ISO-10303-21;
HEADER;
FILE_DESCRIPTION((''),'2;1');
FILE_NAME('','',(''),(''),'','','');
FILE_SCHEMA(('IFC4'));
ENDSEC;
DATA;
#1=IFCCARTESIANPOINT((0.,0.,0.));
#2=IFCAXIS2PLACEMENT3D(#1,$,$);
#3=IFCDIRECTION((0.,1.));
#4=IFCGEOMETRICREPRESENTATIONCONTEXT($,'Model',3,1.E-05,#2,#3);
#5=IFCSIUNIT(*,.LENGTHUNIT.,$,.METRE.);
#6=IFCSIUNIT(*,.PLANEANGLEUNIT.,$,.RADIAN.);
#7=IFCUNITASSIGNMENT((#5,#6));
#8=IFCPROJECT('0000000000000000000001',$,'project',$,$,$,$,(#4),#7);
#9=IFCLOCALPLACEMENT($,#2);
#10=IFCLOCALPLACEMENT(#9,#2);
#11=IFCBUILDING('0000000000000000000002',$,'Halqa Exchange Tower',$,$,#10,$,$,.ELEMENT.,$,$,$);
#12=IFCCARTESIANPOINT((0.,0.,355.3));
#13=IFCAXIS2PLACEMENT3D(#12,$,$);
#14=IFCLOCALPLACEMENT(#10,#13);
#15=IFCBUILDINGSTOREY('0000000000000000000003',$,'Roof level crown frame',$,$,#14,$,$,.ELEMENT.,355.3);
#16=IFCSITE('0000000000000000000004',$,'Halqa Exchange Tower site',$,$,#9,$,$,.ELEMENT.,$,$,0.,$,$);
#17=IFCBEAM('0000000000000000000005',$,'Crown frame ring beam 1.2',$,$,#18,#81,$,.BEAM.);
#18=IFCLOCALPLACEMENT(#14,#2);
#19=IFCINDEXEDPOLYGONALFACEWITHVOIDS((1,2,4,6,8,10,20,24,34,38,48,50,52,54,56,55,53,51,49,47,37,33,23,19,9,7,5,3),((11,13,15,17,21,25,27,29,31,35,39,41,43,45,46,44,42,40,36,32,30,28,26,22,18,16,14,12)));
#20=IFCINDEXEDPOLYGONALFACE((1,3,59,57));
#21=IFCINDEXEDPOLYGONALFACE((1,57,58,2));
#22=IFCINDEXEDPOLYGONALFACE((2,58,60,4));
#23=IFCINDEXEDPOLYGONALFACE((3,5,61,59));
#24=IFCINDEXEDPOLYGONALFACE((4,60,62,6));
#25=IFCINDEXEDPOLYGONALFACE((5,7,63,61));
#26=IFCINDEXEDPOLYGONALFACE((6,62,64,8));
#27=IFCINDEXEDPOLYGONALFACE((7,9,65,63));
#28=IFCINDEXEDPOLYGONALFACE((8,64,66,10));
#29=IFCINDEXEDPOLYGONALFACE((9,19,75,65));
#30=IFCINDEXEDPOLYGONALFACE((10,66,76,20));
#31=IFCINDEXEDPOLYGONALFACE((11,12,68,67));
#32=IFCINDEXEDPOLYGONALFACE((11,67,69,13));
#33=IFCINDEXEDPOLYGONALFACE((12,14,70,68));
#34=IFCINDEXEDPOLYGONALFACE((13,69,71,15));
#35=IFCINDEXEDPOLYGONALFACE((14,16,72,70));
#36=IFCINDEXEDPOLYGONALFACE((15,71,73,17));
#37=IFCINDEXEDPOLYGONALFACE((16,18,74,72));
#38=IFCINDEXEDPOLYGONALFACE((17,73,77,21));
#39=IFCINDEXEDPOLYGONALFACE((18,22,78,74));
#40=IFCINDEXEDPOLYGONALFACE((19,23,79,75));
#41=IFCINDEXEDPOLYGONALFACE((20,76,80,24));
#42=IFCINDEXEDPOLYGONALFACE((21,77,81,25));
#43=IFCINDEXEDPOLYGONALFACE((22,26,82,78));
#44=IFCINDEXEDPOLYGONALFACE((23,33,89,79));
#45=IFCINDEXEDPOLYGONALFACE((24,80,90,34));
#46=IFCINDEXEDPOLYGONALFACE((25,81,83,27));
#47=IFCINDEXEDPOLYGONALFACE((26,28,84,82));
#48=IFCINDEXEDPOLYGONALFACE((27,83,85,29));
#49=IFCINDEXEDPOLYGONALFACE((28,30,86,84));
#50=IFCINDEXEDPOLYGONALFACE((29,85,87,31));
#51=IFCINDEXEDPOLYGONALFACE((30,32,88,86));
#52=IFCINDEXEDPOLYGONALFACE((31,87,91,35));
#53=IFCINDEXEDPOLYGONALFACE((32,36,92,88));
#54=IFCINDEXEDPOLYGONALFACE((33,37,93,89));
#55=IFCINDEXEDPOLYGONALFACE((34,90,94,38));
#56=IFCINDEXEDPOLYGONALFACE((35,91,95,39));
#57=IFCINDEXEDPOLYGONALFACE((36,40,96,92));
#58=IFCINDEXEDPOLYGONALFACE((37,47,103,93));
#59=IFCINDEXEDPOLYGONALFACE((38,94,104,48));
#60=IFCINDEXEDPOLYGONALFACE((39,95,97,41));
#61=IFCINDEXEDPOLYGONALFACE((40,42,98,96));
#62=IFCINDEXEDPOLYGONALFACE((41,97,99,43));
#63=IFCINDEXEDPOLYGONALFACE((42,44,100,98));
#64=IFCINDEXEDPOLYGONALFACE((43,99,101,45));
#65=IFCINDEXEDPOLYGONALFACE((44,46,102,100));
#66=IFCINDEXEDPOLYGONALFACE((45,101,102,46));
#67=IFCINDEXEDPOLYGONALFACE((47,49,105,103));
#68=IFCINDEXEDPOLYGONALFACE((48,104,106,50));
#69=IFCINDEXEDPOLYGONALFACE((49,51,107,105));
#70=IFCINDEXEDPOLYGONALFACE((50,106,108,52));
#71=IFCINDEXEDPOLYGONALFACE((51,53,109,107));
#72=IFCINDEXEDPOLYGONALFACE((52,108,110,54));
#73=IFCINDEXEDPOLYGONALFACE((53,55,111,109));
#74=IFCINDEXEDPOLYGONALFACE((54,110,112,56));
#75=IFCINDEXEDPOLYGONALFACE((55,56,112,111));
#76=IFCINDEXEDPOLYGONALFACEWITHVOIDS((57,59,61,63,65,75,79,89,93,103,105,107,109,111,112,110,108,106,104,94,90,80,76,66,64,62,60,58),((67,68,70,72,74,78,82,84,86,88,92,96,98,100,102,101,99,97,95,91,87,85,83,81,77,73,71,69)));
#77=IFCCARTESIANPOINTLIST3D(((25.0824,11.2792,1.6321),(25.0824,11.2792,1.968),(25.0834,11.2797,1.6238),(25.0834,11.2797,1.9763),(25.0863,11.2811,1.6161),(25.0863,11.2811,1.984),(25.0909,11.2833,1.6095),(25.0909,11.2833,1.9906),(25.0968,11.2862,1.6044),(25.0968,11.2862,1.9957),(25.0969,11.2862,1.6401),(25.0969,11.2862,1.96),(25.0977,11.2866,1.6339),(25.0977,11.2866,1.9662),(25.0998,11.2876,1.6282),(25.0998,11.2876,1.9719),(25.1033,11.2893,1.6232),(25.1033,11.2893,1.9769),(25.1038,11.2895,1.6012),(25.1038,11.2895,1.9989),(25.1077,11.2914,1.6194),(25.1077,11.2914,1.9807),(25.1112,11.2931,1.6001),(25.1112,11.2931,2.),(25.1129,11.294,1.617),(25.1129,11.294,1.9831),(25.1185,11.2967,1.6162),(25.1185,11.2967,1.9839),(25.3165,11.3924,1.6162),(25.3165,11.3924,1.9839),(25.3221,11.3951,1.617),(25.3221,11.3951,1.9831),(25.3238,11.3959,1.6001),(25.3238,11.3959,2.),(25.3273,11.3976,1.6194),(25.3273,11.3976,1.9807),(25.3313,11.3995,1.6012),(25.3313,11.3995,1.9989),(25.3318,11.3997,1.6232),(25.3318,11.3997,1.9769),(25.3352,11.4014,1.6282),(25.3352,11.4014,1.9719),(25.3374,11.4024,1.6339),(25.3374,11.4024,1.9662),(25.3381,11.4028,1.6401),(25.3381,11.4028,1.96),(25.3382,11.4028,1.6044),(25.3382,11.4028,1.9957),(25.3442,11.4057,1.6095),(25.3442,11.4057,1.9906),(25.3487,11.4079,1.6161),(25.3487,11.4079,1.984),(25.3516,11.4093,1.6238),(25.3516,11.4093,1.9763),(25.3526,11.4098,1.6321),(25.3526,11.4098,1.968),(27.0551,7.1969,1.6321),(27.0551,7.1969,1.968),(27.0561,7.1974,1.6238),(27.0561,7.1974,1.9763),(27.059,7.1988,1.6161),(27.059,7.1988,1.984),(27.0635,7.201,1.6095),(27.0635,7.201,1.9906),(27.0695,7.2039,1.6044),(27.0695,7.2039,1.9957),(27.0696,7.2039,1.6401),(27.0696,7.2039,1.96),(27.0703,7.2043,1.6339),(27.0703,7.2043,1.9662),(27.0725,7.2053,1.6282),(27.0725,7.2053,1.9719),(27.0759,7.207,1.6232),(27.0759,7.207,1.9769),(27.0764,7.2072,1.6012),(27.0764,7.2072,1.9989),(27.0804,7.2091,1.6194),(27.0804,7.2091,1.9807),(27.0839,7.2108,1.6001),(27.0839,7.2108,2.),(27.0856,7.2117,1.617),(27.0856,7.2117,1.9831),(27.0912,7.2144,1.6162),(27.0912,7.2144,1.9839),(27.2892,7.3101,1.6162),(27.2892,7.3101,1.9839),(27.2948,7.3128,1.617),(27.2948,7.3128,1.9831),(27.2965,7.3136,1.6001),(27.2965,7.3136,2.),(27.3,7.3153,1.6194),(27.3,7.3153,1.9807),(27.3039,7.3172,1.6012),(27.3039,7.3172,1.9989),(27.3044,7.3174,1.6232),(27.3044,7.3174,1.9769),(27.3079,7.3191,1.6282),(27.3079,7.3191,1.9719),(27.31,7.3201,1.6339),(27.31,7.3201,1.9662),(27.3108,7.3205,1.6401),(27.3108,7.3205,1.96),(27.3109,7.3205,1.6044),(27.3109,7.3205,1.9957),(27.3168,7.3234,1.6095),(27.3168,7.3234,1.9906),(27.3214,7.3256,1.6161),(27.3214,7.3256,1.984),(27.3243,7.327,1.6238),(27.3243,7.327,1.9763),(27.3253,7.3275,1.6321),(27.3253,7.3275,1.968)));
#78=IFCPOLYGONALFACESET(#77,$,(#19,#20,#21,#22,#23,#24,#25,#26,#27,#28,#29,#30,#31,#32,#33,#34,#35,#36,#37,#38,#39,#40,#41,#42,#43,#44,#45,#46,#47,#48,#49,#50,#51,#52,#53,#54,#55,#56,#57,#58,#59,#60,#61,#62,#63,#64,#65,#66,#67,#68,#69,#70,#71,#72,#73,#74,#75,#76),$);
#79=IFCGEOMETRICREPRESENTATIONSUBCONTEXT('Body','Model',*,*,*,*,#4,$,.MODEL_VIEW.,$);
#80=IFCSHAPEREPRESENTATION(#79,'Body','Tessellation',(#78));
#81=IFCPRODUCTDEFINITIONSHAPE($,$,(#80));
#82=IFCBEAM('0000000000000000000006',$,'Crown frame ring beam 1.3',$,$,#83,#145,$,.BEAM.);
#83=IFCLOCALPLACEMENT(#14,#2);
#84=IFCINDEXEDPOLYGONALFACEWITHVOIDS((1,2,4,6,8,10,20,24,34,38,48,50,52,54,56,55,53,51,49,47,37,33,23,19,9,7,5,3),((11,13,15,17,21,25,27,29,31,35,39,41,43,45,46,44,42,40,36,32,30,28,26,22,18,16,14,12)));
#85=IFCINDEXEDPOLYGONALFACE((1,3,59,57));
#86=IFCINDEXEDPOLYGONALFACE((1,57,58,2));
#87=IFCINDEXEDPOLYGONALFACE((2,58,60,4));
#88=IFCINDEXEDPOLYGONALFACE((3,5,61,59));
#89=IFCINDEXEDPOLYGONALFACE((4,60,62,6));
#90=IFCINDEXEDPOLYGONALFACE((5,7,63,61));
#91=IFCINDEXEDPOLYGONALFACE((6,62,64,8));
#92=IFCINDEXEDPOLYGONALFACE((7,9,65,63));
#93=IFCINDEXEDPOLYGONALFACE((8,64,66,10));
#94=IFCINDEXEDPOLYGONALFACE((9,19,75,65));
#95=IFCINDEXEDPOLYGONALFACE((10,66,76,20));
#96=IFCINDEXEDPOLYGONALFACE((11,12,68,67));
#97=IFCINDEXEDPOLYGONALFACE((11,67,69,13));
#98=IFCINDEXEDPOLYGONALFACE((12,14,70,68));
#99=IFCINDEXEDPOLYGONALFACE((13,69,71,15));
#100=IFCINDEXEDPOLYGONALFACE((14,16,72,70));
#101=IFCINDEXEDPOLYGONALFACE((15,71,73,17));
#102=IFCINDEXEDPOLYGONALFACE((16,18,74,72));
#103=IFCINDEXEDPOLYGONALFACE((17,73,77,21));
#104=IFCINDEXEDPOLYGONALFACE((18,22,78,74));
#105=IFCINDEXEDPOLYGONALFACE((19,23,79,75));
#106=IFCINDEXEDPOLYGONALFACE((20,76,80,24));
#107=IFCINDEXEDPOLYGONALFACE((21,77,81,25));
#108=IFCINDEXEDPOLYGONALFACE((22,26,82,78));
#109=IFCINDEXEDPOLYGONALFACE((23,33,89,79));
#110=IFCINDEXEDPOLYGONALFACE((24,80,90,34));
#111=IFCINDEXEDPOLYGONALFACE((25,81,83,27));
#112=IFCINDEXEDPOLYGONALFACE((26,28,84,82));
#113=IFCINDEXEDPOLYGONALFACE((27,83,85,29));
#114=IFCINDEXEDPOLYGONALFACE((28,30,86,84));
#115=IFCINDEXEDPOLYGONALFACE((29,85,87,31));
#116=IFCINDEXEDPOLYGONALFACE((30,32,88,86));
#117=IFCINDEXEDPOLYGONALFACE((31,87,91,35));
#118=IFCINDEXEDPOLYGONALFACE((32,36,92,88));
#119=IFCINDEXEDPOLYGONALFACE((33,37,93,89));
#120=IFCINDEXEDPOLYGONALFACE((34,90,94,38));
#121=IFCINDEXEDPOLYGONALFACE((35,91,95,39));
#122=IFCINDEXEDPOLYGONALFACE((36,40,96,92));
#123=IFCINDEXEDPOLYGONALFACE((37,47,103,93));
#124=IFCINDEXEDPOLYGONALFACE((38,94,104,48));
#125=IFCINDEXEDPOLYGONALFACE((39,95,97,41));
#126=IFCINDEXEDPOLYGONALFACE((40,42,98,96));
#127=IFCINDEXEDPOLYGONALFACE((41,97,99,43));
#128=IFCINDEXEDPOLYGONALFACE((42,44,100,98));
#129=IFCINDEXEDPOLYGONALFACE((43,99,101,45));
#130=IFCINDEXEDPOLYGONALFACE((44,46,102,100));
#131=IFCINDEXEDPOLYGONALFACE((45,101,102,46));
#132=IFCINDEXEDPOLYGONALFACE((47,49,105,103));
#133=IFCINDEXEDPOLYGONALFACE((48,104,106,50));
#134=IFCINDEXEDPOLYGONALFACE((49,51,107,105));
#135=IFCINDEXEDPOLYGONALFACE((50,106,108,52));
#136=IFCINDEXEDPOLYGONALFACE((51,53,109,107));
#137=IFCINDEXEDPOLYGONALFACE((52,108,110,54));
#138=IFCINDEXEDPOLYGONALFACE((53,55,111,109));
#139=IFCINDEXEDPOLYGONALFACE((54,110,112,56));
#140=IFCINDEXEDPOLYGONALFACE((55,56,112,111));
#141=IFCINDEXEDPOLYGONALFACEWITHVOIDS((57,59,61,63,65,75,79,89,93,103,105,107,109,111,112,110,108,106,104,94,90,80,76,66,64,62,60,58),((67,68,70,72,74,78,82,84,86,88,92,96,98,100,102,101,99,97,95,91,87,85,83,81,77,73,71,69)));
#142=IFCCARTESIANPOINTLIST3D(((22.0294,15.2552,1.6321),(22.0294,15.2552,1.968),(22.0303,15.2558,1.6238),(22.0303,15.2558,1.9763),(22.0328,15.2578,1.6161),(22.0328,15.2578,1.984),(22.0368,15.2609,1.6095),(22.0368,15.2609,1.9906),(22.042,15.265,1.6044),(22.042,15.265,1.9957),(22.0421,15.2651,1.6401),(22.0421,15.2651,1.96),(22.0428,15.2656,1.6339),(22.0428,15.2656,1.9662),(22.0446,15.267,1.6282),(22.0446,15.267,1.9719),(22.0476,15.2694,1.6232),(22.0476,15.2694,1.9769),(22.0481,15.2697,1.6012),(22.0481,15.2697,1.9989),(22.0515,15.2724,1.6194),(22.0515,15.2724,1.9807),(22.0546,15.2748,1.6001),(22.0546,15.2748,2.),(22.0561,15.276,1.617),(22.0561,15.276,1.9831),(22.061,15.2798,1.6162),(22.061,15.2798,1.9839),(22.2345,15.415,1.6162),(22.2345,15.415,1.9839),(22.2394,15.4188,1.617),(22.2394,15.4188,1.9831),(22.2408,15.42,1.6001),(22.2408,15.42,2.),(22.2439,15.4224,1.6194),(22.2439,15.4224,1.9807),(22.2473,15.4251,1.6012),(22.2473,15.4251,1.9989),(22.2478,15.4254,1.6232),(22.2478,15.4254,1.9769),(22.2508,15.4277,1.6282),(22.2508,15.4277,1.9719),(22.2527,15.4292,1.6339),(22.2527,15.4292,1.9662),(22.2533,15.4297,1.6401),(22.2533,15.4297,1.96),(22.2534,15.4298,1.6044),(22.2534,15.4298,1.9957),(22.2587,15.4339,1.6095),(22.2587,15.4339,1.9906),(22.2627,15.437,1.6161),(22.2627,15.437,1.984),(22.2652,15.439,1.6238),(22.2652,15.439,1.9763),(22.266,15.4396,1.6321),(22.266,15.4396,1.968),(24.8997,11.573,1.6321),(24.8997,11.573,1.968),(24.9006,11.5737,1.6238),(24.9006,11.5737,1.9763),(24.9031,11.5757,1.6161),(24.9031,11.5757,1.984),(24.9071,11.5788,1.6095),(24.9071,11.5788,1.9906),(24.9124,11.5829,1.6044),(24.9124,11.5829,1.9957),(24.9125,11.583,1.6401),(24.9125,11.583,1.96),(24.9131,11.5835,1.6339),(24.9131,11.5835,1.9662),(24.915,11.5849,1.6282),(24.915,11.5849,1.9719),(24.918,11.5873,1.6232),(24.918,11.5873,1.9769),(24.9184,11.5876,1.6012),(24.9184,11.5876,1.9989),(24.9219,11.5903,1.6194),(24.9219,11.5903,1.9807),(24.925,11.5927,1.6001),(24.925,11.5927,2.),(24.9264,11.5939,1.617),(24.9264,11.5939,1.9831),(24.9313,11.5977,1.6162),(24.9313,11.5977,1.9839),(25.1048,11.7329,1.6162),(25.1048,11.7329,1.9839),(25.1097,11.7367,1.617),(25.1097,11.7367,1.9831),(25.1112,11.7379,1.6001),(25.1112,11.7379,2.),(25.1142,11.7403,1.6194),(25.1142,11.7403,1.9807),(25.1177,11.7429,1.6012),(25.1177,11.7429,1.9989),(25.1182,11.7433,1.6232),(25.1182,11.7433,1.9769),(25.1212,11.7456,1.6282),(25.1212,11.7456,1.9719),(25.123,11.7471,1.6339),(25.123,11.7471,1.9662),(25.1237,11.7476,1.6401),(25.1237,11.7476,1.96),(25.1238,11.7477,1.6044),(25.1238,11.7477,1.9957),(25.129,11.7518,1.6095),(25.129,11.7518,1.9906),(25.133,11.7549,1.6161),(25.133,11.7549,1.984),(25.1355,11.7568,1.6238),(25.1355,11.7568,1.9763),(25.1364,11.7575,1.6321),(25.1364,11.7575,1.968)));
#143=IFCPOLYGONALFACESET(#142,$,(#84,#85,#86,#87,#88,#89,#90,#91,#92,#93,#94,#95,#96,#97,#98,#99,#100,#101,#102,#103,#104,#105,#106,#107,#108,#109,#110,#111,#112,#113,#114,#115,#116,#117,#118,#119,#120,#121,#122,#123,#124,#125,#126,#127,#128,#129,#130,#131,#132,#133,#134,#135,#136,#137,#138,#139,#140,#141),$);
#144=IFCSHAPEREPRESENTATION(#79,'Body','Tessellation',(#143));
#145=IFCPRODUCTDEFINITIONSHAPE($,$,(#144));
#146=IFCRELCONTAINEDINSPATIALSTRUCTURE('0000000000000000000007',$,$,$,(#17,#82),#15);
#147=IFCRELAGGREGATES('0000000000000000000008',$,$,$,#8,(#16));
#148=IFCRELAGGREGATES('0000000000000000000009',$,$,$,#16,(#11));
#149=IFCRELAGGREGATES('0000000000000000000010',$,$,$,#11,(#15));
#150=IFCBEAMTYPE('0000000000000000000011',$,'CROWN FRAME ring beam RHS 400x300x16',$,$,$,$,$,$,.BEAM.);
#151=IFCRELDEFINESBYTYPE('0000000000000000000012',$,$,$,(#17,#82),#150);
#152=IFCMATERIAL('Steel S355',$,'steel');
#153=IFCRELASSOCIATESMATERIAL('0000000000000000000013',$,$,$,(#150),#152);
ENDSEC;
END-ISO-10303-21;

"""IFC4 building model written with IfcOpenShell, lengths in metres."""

from ifc_helpers import new_model, si_unit, direction, frame, origin, origin_2d, place, context, subcontext, project, spatial, hollow_rectangle, extrude, material, material_profile, profile_set, type_object, element, save


model = new_model("IFC4")

# Units and contexts
model_context = context("Model", 3, precision=1e-05, world=origin(), true_north=direction((0.0, 1.0)))
body_context = subcontext(model_context, "Body", "Model", "MODEL_VIEW")
ifc_project = project(units=[si_unit("LENGTHUNIT", "METRE"), si_unit("PLANEANGLEUNIT", "RADIAN")], contexts=[model_context])

# Site, building, storey
site_placement = place(None, origin())
site = spatial("IfcSite", under=ifc_project, at=site_placement, Name="Halqa Exchange Tower site", CompositionType="ELEMENT", RefElevation=0.0)
building_placement = place(site_placement, origin())
building = spatial("IfcBuilding", under=site, at=building_placement, Name="Halqa Exchange Tower", CompositionType="ELEMENT")
storey_placement = place(building_placement, frame((0.0, 0.0, 355.3)))
storey = spatial("IfcBuildingStorey", under=building, at=storey_placement, Name="Roof level crown frame", CompositionType="ELEMENT", Elevation=355.3)

# Shared definitions
ifc_material_1 = material(Name="Steel S355", Category="steel")

# Beams
ifc_material_profile_1 = material_profile(ifc_material_1, hollow_rectangle(XDim=0.3, YDim=0.3999, WallThickness=0.0161, InnerFilletRadius=0.0239, OuterFilletRadius=0.032, at=origin_2d()), Name="RHS 400x300x16")
ifc_profile_set_1 = profile_set([ifc_material_profile_1], Name="Steel S355")
beam_type = type_object("IfcBeamType", Name="CROWN FRAME ring beam RHS 400x300x16", PredefinedType="BEAM", material=ifc_profile_set_1)
beam_1_placement = place(storey_placement, frame((27.1902, 7.2622, 1.8), z_axis=(-0.435089, 0.900387, 0.0), x_axis=(-0.900387, -0.435089, 0.0)))
element("IfcBeam", 1, at=beam_1_placement, inside=storey, type_object=beam_type, Name="Crown frame ring beam 1.2", PredefinedType="BEAM", context=body_context, shape_type="SweptSolid", body=[
    extrude(hollow_rectangle(XDim=0.3, YDim=0.3999, WallThickness=0.0161, InnerFilletRadius=0.0239, OuterFilletRadius=0.032, at=origin_2d()), origin(), (0.0, 0.0, 1.0), 4.5339),
])
beam_2_placement = place(storey_placement, frame((25.0181, 11.6653, 1.8), z_axis=(-0.614805, 0.788679, 0.0), x_axis=(-0.788679, -0.614805, 0.0)))
element("IfcBeam", 2, at=beam_2_placement, inside=storey, type_object=beam_type, Name="Crown frame ring beam 1.3", PredefinedType="BEAM", context=body_context, shape_type="SweptSolid", body=[
    extrude(hollow_rectangle(XDim=0.3, YDim=0.3999, WallThickness=0.0161, InnerFilletRadius=0.0239, OuterFilletRadius=0.032, at=origin_2d()), origin(), (0.0, 0.0, 1.0), 4.6687),
])

save(model, "model.ifc")
